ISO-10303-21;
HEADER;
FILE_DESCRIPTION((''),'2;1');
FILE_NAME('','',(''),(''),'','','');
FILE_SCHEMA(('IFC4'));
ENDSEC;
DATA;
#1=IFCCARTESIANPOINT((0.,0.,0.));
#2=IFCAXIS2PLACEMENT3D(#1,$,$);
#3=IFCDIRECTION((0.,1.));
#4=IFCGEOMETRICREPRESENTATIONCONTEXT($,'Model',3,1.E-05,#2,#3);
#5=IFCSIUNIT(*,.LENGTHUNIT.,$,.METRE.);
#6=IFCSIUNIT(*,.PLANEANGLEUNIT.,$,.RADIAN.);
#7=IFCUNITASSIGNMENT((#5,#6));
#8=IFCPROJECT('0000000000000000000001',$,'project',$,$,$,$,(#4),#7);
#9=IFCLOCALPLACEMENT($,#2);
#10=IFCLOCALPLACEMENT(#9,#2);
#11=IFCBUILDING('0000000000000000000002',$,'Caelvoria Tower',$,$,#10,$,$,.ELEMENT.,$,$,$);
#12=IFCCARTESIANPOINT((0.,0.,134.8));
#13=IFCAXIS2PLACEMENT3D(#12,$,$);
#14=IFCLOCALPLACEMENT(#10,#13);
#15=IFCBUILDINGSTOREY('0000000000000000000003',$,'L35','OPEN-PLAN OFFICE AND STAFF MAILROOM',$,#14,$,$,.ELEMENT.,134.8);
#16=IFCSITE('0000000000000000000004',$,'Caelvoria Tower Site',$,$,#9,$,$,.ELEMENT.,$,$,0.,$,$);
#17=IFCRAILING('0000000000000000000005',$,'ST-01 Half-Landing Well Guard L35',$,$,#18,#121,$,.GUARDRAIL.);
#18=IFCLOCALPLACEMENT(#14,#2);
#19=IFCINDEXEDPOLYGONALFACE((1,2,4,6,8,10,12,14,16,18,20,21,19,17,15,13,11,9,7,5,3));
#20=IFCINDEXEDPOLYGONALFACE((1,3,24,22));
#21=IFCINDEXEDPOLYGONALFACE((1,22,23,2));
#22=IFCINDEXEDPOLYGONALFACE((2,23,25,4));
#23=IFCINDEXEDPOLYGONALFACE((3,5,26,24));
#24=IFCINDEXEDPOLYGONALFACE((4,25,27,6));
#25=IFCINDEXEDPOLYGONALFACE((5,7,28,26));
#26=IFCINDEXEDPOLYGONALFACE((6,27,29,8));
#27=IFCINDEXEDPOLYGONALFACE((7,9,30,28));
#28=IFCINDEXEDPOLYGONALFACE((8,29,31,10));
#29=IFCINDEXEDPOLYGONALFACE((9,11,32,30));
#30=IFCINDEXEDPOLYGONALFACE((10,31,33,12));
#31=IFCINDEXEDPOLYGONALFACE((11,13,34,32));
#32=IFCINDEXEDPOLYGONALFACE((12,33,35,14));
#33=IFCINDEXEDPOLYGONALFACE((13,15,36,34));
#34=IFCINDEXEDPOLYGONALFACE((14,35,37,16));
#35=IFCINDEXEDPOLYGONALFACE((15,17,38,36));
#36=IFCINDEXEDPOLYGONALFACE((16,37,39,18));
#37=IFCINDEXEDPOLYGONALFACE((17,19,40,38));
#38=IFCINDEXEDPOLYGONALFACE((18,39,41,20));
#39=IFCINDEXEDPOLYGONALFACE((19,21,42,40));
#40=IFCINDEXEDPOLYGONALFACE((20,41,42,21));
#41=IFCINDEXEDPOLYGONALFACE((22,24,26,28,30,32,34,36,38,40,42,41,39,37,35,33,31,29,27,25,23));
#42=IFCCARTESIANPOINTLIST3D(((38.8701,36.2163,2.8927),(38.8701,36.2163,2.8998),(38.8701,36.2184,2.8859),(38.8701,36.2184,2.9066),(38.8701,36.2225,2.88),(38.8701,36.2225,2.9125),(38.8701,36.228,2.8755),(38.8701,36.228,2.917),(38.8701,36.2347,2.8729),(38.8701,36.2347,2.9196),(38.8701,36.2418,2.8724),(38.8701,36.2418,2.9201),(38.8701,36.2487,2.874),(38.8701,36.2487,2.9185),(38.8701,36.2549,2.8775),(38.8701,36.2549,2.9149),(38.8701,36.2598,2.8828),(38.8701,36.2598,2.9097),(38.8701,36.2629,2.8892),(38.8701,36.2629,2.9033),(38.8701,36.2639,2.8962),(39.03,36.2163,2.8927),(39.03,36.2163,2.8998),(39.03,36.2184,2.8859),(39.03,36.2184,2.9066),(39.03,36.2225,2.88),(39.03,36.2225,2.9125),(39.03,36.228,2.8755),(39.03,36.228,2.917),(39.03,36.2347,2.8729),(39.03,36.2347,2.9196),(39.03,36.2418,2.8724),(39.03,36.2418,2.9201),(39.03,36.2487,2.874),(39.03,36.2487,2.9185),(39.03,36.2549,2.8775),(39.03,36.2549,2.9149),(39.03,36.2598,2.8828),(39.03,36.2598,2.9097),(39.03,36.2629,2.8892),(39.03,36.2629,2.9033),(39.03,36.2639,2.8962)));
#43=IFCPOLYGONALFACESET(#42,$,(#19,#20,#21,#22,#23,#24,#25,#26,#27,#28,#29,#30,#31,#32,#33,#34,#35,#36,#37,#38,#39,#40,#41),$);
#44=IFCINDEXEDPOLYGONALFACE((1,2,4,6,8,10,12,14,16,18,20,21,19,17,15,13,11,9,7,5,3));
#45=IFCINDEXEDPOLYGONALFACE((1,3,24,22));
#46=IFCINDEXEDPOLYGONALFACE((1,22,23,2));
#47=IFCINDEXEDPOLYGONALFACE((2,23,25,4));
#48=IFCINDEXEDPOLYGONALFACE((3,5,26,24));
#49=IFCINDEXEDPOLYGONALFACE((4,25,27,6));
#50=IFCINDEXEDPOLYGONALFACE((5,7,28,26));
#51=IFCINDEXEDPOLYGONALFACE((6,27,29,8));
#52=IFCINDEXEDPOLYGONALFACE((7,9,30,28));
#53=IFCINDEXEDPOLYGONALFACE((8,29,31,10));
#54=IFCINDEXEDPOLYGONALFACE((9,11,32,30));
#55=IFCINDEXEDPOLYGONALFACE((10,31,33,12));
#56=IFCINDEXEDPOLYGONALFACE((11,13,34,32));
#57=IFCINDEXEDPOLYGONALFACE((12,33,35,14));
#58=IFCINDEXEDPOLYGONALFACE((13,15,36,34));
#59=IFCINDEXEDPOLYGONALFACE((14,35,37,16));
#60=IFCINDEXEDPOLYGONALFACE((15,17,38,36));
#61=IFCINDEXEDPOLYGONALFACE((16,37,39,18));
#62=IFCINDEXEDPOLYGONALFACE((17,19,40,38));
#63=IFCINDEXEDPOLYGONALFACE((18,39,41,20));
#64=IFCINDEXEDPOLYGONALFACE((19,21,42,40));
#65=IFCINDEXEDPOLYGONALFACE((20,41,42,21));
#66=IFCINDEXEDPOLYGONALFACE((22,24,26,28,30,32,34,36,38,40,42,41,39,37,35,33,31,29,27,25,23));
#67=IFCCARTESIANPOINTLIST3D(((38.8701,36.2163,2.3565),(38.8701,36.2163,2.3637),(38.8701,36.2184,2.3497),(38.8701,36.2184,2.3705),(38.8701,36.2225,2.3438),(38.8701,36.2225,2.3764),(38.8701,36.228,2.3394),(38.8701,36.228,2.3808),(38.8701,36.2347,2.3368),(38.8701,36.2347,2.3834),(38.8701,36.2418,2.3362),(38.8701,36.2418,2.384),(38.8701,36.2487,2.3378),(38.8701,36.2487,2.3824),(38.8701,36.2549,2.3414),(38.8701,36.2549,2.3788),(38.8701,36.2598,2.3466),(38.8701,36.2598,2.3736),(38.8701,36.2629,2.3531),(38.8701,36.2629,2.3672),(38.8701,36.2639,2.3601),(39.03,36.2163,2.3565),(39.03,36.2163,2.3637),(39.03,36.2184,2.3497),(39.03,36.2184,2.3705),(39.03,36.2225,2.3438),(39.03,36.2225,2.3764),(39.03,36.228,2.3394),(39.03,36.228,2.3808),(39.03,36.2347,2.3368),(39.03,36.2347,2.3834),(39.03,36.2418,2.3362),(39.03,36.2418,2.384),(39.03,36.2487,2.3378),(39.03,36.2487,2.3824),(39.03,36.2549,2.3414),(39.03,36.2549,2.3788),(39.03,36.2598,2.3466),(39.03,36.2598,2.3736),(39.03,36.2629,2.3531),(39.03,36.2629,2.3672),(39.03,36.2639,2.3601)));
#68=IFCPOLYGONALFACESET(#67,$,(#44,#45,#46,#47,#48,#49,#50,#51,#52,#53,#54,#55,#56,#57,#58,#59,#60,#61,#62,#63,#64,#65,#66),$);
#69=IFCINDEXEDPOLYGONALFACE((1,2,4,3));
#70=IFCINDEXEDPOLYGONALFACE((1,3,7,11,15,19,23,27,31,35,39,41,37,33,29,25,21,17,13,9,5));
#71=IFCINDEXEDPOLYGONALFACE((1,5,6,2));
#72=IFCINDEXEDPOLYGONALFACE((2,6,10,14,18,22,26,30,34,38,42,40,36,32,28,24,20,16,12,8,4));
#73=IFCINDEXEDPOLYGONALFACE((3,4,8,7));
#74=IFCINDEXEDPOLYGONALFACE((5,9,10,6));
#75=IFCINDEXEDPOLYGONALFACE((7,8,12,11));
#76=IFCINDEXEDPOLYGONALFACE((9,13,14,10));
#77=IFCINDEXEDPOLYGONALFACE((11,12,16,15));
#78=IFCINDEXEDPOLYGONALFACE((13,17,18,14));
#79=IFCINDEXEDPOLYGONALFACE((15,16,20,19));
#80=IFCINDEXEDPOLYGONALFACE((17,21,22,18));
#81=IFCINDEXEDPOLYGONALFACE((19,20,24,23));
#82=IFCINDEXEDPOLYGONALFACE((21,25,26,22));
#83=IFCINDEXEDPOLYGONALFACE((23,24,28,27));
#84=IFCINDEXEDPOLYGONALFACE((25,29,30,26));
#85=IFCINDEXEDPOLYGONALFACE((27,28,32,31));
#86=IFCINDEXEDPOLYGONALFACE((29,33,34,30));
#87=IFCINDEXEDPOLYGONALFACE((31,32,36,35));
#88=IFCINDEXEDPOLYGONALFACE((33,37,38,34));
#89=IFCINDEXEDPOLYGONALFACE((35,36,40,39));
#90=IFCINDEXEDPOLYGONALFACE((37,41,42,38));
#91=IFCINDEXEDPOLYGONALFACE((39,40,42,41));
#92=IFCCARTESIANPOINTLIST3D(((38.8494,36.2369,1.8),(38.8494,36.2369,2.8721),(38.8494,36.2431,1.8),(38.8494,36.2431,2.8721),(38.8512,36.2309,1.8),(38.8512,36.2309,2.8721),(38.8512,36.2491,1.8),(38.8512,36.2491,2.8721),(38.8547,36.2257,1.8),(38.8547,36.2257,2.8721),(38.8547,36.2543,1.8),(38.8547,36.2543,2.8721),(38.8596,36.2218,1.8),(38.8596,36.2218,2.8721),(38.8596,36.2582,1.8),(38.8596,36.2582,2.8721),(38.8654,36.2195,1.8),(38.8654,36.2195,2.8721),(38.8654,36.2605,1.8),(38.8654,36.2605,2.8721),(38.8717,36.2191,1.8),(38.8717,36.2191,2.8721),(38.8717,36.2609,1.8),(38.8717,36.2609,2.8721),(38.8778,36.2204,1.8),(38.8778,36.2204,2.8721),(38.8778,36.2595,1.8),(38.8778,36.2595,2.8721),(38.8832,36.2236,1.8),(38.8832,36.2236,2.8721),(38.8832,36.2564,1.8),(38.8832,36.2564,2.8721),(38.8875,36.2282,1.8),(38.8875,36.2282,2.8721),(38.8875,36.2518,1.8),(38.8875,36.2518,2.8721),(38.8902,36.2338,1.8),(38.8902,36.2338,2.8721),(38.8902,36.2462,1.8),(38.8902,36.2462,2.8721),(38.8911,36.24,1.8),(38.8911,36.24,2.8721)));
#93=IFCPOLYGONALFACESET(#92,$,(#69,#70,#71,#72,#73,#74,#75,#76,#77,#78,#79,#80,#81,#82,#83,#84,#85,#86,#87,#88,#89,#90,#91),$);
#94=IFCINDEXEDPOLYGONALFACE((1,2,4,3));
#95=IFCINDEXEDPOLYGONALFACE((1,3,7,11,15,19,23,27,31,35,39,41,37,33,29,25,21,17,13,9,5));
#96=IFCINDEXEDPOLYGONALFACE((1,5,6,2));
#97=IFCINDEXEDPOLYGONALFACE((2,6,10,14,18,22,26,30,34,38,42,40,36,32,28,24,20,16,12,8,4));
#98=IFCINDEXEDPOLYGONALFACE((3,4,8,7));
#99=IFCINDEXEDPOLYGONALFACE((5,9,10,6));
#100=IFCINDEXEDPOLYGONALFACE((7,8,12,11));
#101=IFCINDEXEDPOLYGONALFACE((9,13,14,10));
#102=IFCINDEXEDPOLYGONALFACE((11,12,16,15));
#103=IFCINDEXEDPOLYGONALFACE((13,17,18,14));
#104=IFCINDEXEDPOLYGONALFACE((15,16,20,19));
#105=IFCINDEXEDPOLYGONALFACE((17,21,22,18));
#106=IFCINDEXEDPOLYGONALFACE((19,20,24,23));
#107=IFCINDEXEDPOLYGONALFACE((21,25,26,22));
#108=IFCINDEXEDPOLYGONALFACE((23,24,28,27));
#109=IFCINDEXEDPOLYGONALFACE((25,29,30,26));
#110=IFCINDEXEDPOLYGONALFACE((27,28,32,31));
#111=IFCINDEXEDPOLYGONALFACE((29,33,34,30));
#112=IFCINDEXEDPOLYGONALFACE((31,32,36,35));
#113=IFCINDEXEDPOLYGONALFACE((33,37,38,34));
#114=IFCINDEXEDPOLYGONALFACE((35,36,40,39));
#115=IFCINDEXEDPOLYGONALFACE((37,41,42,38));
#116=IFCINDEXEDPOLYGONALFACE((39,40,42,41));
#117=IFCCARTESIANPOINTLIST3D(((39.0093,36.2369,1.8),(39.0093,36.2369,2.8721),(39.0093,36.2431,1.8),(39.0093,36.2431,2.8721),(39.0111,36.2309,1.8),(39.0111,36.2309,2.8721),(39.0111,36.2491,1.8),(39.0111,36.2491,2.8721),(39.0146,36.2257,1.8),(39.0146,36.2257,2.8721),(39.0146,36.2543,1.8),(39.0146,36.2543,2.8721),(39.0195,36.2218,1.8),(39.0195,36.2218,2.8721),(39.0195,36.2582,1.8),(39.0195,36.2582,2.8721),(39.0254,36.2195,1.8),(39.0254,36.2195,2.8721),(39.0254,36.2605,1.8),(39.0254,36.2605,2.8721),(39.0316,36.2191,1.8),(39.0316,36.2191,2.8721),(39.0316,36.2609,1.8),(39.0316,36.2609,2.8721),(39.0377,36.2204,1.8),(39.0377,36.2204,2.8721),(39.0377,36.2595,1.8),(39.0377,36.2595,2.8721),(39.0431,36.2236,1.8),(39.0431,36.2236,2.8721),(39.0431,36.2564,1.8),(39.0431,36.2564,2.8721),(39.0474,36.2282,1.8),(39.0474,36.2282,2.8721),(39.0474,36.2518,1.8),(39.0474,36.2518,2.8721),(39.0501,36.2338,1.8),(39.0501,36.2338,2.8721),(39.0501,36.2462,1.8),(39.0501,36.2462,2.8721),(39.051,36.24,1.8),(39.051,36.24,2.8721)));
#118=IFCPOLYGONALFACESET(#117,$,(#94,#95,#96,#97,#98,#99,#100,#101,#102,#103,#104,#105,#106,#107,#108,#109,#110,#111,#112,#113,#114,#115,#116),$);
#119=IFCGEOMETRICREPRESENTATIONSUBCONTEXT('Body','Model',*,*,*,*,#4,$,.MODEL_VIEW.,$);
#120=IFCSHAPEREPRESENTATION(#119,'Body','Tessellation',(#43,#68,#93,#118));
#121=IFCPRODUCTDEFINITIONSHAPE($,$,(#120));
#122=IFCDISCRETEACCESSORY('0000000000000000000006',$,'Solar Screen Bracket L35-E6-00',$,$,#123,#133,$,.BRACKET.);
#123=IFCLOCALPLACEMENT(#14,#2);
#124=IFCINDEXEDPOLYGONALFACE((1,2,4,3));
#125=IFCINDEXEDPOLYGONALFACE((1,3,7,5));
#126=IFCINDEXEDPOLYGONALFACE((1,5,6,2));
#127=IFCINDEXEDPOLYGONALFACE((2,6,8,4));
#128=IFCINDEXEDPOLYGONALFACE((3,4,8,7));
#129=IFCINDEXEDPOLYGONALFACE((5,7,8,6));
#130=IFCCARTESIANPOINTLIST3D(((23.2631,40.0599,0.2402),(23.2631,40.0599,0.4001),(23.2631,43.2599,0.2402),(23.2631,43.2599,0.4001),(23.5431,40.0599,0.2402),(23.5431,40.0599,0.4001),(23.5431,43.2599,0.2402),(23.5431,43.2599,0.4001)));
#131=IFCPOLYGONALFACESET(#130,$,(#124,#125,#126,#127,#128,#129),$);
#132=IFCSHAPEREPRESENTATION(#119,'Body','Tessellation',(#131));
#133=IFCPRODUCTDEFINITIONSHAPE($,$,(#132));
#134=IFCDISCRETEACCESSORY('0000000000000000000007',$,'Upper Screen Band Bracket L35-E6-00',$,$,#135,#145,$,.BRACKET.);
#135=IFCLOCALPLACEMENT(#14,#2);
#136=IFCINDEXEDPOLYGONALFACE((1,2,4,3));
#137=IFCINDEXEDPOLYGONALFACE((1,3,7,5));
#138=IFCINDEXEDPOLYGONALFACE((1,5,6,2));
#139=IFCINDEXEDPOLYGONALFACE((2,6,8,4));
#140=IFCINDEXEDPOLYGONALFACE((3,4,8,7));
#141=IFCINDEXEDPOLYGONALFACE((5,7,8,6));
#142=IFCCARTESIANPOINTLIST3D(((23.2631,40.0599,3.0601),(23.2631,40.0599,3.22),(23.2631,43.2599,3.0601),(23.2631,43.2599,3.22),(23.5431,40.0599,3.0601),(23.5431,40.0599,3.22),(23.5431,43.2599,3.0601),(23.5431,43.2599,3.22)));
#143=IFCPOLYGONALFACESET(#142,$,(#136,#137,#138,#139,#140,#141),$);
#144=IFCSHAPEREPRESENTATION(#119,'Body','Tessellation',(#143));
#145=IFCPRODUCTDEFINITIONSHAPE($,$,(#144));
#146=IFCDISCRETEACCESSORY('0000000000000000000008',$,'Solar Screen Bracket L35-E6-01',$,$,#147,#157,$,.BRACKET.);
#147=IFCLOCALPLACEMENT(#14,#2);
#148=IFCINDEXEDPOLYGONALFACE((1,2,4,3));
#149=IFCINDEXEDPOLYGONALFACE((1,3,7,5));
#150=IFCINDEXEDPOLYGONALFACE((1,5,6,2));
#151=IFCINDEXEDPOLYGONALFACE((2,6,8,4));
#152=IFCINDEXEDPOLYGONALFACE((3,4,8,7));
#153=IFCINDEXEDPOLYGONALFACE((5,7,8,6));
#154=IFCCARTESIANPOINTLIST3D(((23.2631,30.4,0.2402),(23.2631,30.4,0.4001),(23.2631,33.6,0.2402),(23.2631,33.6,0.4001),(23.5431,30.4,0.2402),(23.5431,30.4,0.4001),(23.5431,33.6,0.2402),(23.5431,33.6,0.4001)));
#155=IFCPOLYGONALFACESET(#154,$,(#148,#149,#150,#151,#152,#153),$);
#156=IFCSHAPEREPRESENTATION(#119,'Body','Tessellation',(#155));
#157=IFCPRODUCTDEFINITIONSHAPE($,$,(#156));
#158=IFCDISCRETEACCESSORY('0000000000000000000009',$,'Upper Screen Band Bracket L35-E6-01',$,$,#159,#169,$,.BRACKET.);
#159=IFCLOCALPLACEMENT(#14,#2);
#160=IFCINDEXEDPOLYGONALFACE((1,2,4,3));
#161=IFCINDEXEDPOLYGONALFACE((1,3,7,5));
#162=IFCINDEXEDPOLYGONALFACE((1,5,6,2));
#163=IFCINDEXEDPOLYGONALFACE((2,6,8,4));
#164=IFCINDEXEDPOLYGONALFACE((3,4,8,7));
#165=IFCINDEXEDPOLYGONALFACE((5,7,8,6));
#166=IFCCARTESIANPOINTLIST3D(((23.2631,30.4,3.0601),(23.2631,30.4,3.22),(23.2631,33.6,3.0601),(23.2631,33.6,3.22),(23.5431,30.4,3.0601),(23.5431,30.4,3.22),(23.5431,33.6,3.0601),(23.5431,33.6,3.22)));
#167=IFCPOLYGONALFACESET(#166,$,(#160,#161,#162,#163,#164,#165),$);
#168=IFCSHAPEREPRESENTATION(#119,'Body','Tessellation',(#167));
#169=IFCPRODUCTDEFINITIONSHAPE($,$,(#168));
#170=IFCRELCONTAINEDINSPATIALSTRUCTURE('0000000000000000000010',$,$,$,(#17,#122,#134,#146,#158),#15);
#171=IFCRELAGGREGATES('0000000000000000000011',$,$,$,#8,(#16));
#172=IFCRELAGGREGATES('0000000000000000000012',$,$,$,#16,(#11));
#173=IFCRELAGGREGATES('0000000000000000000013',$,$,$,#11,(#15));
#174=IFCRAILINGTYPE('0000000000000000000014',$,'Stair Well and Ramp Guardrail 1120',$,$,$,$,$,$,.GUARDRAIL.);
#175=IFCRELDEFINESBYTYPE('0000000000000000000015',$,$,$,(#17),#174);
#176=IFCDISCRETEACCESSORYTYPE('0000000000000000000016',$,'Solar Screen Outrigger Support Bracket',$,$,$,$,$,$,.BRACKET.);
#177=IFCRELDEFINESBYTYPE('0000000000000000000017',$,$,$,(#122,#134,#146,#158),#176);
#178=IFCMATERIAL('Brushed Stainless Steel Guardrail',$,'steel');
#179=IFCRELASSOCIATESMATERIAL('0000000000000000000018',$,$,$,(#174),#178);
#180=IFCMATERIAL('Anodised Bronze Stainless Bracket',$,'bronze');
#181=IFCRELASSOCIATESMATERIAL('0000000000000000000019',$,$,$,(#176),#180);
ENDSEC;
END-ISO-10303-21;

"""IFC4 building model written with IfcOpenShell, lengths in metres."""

from ifc_helpers import new_model, si_unit, direction, frame, origin, origin_2d, place, context, subcontext, project, spatial, rectangle, circle, extrude, material, type_object, element, save


model = new_model("IFC4")

# Units and contexts
model_context = context("Model", 3, precision=1e-05, world=origin(), true_north=direction((0.0, 1.0)))
body_context = subcontext(model_context, "Body", "Model", "MODEL_VIEW")
ifc_project = project(units=[si_unit("LENGTHUNIT", "METRE"), si_unit("PLANEANGLEUNIT", "RADIAN")], contexts=[model_context])

# Site, building, storey
site_placement = place(None, origin())
site = spatial("IfcSite", under=ifc_project, at=site_placement, Name="Caelvoria Tower Site", CompositionType="ELEMENT", RefElevation=0.0)
building_placement = place(site_placement, origin())
building = spatial("IfcBuilding", under=site, at=building_placement, Name="Caelvoria Tower", CompositionType="ELEMENT")
storey_placement = place(building_placement, frame((0.0, 0.0, 134.8)))
storey = spatial("IfcBuildingStorey", under=building, at=storey_placement, Name="L35", Description="OPEN-PLAN OFFICE AND STAFF MAILROOM", CompositionType="ELEMENT", Elevation=134.8)

# Railing
ifc_material_1 = material(Name="Brushed Stainless Steel Guardrail", Category="steel")
railing_type_1 = type_object("IfcRailingType", Name="Stair Well and Ramp Guardrail 1120", PredefinedType="GUARDRAIL", material=ifc_material_1)
railing_1_placement = place(storey_placement, frame((38.8701, 36.24, 1.8)))
element("IfcRailing", 1, at=railing_1_placement, inside=storey, type_object=railing_type_1, Name="ST-01 Half-Landing Well Guard L35", PredefinedType="GUARDRAIL", context=body_context, shape_type="SweptSolid", body=[
    extrude(circle(Radius=0.0239, at=origin_2d()), frame((0.0, 0.0, 1.0962), z_axis=(1.0, 0.0, 0.0), x_axis=(0.0, 1.0, 0.0)), (0.0, 0.0, 1.0), 0.1599),
    extrude(circle(Radius=0.0239, at=origin_2d()), frame((0.0, 0.0, 0.5601), z_axis=(1.0, 0.0, 0.0), x_axis=(0.0, 1.0, 0.0)), (0.0, 0.0, 1.0), 0.1599),
    extrude(circle(Radius=0.021, at=origin_2d()), origin(), (0.0, 0.0, 1.0), 1.072),
    extrude(circle(Radius=0.021, at=origin_2d()), frame((0.1599, 0.0, 0.0)), (0.0, 0.0, 1.0), 1.072),
])

# Discrete accessories
ifc_material_2 = material(Name="Anodised Bronze Stainless Bracket", Category="bronze")
discrete_accessory_type = type_object("IfcDiscreteAccessoryType", Name="Solar Screen Outrigger Support Bracket", PredefinedType="BRACKET", material=ifc_material_2)
for number, where, z_axis, x_axis, name in (
    (2, (23.4031, 41.6599, 0.2402), (0.0, 0.0, 1.0), (0.0, -1.0, 0.0), "Solar Screen Bracket L35-E6-00"),
    (3, (23.4031, 41.6599, 3.0601), (0.0, 0.0, 1.0), (0.0, -1.0, 0.0), "Upper Screen Band Bracket L35-E6-00"),
    (4, (23.4031, 32.0, 0.2402), (0.0, 0.0, 1.0), (0.0, -1.0, 0.0), "Solar Screen Bracket L35-E6-01"),
    (5, (23.4031, 32.0, 3.0601), (0.0, 0.0, 1.0), (0.0, -1.0, 0.0), "Upper Screen Band Bracket L35-E6-01"),
):
    element("IfcDiscreteAccessory", number, at=place(storey_placement, frame(where, z_axis=z_axis, x_axis=x_axis)), inside=storey, type_object=discrete_accessory_type, Name=name, PredefinedType="BRACKET", context=body_context, shape_type="SweptSolid", body=[
        extrude(rectangle(XDim=3.2, YDim=0.28, at=origin_2d()), origin(), (0.0, 0.0, 1.0), 0.1599),
    ])

save(model, "model.ifc")
